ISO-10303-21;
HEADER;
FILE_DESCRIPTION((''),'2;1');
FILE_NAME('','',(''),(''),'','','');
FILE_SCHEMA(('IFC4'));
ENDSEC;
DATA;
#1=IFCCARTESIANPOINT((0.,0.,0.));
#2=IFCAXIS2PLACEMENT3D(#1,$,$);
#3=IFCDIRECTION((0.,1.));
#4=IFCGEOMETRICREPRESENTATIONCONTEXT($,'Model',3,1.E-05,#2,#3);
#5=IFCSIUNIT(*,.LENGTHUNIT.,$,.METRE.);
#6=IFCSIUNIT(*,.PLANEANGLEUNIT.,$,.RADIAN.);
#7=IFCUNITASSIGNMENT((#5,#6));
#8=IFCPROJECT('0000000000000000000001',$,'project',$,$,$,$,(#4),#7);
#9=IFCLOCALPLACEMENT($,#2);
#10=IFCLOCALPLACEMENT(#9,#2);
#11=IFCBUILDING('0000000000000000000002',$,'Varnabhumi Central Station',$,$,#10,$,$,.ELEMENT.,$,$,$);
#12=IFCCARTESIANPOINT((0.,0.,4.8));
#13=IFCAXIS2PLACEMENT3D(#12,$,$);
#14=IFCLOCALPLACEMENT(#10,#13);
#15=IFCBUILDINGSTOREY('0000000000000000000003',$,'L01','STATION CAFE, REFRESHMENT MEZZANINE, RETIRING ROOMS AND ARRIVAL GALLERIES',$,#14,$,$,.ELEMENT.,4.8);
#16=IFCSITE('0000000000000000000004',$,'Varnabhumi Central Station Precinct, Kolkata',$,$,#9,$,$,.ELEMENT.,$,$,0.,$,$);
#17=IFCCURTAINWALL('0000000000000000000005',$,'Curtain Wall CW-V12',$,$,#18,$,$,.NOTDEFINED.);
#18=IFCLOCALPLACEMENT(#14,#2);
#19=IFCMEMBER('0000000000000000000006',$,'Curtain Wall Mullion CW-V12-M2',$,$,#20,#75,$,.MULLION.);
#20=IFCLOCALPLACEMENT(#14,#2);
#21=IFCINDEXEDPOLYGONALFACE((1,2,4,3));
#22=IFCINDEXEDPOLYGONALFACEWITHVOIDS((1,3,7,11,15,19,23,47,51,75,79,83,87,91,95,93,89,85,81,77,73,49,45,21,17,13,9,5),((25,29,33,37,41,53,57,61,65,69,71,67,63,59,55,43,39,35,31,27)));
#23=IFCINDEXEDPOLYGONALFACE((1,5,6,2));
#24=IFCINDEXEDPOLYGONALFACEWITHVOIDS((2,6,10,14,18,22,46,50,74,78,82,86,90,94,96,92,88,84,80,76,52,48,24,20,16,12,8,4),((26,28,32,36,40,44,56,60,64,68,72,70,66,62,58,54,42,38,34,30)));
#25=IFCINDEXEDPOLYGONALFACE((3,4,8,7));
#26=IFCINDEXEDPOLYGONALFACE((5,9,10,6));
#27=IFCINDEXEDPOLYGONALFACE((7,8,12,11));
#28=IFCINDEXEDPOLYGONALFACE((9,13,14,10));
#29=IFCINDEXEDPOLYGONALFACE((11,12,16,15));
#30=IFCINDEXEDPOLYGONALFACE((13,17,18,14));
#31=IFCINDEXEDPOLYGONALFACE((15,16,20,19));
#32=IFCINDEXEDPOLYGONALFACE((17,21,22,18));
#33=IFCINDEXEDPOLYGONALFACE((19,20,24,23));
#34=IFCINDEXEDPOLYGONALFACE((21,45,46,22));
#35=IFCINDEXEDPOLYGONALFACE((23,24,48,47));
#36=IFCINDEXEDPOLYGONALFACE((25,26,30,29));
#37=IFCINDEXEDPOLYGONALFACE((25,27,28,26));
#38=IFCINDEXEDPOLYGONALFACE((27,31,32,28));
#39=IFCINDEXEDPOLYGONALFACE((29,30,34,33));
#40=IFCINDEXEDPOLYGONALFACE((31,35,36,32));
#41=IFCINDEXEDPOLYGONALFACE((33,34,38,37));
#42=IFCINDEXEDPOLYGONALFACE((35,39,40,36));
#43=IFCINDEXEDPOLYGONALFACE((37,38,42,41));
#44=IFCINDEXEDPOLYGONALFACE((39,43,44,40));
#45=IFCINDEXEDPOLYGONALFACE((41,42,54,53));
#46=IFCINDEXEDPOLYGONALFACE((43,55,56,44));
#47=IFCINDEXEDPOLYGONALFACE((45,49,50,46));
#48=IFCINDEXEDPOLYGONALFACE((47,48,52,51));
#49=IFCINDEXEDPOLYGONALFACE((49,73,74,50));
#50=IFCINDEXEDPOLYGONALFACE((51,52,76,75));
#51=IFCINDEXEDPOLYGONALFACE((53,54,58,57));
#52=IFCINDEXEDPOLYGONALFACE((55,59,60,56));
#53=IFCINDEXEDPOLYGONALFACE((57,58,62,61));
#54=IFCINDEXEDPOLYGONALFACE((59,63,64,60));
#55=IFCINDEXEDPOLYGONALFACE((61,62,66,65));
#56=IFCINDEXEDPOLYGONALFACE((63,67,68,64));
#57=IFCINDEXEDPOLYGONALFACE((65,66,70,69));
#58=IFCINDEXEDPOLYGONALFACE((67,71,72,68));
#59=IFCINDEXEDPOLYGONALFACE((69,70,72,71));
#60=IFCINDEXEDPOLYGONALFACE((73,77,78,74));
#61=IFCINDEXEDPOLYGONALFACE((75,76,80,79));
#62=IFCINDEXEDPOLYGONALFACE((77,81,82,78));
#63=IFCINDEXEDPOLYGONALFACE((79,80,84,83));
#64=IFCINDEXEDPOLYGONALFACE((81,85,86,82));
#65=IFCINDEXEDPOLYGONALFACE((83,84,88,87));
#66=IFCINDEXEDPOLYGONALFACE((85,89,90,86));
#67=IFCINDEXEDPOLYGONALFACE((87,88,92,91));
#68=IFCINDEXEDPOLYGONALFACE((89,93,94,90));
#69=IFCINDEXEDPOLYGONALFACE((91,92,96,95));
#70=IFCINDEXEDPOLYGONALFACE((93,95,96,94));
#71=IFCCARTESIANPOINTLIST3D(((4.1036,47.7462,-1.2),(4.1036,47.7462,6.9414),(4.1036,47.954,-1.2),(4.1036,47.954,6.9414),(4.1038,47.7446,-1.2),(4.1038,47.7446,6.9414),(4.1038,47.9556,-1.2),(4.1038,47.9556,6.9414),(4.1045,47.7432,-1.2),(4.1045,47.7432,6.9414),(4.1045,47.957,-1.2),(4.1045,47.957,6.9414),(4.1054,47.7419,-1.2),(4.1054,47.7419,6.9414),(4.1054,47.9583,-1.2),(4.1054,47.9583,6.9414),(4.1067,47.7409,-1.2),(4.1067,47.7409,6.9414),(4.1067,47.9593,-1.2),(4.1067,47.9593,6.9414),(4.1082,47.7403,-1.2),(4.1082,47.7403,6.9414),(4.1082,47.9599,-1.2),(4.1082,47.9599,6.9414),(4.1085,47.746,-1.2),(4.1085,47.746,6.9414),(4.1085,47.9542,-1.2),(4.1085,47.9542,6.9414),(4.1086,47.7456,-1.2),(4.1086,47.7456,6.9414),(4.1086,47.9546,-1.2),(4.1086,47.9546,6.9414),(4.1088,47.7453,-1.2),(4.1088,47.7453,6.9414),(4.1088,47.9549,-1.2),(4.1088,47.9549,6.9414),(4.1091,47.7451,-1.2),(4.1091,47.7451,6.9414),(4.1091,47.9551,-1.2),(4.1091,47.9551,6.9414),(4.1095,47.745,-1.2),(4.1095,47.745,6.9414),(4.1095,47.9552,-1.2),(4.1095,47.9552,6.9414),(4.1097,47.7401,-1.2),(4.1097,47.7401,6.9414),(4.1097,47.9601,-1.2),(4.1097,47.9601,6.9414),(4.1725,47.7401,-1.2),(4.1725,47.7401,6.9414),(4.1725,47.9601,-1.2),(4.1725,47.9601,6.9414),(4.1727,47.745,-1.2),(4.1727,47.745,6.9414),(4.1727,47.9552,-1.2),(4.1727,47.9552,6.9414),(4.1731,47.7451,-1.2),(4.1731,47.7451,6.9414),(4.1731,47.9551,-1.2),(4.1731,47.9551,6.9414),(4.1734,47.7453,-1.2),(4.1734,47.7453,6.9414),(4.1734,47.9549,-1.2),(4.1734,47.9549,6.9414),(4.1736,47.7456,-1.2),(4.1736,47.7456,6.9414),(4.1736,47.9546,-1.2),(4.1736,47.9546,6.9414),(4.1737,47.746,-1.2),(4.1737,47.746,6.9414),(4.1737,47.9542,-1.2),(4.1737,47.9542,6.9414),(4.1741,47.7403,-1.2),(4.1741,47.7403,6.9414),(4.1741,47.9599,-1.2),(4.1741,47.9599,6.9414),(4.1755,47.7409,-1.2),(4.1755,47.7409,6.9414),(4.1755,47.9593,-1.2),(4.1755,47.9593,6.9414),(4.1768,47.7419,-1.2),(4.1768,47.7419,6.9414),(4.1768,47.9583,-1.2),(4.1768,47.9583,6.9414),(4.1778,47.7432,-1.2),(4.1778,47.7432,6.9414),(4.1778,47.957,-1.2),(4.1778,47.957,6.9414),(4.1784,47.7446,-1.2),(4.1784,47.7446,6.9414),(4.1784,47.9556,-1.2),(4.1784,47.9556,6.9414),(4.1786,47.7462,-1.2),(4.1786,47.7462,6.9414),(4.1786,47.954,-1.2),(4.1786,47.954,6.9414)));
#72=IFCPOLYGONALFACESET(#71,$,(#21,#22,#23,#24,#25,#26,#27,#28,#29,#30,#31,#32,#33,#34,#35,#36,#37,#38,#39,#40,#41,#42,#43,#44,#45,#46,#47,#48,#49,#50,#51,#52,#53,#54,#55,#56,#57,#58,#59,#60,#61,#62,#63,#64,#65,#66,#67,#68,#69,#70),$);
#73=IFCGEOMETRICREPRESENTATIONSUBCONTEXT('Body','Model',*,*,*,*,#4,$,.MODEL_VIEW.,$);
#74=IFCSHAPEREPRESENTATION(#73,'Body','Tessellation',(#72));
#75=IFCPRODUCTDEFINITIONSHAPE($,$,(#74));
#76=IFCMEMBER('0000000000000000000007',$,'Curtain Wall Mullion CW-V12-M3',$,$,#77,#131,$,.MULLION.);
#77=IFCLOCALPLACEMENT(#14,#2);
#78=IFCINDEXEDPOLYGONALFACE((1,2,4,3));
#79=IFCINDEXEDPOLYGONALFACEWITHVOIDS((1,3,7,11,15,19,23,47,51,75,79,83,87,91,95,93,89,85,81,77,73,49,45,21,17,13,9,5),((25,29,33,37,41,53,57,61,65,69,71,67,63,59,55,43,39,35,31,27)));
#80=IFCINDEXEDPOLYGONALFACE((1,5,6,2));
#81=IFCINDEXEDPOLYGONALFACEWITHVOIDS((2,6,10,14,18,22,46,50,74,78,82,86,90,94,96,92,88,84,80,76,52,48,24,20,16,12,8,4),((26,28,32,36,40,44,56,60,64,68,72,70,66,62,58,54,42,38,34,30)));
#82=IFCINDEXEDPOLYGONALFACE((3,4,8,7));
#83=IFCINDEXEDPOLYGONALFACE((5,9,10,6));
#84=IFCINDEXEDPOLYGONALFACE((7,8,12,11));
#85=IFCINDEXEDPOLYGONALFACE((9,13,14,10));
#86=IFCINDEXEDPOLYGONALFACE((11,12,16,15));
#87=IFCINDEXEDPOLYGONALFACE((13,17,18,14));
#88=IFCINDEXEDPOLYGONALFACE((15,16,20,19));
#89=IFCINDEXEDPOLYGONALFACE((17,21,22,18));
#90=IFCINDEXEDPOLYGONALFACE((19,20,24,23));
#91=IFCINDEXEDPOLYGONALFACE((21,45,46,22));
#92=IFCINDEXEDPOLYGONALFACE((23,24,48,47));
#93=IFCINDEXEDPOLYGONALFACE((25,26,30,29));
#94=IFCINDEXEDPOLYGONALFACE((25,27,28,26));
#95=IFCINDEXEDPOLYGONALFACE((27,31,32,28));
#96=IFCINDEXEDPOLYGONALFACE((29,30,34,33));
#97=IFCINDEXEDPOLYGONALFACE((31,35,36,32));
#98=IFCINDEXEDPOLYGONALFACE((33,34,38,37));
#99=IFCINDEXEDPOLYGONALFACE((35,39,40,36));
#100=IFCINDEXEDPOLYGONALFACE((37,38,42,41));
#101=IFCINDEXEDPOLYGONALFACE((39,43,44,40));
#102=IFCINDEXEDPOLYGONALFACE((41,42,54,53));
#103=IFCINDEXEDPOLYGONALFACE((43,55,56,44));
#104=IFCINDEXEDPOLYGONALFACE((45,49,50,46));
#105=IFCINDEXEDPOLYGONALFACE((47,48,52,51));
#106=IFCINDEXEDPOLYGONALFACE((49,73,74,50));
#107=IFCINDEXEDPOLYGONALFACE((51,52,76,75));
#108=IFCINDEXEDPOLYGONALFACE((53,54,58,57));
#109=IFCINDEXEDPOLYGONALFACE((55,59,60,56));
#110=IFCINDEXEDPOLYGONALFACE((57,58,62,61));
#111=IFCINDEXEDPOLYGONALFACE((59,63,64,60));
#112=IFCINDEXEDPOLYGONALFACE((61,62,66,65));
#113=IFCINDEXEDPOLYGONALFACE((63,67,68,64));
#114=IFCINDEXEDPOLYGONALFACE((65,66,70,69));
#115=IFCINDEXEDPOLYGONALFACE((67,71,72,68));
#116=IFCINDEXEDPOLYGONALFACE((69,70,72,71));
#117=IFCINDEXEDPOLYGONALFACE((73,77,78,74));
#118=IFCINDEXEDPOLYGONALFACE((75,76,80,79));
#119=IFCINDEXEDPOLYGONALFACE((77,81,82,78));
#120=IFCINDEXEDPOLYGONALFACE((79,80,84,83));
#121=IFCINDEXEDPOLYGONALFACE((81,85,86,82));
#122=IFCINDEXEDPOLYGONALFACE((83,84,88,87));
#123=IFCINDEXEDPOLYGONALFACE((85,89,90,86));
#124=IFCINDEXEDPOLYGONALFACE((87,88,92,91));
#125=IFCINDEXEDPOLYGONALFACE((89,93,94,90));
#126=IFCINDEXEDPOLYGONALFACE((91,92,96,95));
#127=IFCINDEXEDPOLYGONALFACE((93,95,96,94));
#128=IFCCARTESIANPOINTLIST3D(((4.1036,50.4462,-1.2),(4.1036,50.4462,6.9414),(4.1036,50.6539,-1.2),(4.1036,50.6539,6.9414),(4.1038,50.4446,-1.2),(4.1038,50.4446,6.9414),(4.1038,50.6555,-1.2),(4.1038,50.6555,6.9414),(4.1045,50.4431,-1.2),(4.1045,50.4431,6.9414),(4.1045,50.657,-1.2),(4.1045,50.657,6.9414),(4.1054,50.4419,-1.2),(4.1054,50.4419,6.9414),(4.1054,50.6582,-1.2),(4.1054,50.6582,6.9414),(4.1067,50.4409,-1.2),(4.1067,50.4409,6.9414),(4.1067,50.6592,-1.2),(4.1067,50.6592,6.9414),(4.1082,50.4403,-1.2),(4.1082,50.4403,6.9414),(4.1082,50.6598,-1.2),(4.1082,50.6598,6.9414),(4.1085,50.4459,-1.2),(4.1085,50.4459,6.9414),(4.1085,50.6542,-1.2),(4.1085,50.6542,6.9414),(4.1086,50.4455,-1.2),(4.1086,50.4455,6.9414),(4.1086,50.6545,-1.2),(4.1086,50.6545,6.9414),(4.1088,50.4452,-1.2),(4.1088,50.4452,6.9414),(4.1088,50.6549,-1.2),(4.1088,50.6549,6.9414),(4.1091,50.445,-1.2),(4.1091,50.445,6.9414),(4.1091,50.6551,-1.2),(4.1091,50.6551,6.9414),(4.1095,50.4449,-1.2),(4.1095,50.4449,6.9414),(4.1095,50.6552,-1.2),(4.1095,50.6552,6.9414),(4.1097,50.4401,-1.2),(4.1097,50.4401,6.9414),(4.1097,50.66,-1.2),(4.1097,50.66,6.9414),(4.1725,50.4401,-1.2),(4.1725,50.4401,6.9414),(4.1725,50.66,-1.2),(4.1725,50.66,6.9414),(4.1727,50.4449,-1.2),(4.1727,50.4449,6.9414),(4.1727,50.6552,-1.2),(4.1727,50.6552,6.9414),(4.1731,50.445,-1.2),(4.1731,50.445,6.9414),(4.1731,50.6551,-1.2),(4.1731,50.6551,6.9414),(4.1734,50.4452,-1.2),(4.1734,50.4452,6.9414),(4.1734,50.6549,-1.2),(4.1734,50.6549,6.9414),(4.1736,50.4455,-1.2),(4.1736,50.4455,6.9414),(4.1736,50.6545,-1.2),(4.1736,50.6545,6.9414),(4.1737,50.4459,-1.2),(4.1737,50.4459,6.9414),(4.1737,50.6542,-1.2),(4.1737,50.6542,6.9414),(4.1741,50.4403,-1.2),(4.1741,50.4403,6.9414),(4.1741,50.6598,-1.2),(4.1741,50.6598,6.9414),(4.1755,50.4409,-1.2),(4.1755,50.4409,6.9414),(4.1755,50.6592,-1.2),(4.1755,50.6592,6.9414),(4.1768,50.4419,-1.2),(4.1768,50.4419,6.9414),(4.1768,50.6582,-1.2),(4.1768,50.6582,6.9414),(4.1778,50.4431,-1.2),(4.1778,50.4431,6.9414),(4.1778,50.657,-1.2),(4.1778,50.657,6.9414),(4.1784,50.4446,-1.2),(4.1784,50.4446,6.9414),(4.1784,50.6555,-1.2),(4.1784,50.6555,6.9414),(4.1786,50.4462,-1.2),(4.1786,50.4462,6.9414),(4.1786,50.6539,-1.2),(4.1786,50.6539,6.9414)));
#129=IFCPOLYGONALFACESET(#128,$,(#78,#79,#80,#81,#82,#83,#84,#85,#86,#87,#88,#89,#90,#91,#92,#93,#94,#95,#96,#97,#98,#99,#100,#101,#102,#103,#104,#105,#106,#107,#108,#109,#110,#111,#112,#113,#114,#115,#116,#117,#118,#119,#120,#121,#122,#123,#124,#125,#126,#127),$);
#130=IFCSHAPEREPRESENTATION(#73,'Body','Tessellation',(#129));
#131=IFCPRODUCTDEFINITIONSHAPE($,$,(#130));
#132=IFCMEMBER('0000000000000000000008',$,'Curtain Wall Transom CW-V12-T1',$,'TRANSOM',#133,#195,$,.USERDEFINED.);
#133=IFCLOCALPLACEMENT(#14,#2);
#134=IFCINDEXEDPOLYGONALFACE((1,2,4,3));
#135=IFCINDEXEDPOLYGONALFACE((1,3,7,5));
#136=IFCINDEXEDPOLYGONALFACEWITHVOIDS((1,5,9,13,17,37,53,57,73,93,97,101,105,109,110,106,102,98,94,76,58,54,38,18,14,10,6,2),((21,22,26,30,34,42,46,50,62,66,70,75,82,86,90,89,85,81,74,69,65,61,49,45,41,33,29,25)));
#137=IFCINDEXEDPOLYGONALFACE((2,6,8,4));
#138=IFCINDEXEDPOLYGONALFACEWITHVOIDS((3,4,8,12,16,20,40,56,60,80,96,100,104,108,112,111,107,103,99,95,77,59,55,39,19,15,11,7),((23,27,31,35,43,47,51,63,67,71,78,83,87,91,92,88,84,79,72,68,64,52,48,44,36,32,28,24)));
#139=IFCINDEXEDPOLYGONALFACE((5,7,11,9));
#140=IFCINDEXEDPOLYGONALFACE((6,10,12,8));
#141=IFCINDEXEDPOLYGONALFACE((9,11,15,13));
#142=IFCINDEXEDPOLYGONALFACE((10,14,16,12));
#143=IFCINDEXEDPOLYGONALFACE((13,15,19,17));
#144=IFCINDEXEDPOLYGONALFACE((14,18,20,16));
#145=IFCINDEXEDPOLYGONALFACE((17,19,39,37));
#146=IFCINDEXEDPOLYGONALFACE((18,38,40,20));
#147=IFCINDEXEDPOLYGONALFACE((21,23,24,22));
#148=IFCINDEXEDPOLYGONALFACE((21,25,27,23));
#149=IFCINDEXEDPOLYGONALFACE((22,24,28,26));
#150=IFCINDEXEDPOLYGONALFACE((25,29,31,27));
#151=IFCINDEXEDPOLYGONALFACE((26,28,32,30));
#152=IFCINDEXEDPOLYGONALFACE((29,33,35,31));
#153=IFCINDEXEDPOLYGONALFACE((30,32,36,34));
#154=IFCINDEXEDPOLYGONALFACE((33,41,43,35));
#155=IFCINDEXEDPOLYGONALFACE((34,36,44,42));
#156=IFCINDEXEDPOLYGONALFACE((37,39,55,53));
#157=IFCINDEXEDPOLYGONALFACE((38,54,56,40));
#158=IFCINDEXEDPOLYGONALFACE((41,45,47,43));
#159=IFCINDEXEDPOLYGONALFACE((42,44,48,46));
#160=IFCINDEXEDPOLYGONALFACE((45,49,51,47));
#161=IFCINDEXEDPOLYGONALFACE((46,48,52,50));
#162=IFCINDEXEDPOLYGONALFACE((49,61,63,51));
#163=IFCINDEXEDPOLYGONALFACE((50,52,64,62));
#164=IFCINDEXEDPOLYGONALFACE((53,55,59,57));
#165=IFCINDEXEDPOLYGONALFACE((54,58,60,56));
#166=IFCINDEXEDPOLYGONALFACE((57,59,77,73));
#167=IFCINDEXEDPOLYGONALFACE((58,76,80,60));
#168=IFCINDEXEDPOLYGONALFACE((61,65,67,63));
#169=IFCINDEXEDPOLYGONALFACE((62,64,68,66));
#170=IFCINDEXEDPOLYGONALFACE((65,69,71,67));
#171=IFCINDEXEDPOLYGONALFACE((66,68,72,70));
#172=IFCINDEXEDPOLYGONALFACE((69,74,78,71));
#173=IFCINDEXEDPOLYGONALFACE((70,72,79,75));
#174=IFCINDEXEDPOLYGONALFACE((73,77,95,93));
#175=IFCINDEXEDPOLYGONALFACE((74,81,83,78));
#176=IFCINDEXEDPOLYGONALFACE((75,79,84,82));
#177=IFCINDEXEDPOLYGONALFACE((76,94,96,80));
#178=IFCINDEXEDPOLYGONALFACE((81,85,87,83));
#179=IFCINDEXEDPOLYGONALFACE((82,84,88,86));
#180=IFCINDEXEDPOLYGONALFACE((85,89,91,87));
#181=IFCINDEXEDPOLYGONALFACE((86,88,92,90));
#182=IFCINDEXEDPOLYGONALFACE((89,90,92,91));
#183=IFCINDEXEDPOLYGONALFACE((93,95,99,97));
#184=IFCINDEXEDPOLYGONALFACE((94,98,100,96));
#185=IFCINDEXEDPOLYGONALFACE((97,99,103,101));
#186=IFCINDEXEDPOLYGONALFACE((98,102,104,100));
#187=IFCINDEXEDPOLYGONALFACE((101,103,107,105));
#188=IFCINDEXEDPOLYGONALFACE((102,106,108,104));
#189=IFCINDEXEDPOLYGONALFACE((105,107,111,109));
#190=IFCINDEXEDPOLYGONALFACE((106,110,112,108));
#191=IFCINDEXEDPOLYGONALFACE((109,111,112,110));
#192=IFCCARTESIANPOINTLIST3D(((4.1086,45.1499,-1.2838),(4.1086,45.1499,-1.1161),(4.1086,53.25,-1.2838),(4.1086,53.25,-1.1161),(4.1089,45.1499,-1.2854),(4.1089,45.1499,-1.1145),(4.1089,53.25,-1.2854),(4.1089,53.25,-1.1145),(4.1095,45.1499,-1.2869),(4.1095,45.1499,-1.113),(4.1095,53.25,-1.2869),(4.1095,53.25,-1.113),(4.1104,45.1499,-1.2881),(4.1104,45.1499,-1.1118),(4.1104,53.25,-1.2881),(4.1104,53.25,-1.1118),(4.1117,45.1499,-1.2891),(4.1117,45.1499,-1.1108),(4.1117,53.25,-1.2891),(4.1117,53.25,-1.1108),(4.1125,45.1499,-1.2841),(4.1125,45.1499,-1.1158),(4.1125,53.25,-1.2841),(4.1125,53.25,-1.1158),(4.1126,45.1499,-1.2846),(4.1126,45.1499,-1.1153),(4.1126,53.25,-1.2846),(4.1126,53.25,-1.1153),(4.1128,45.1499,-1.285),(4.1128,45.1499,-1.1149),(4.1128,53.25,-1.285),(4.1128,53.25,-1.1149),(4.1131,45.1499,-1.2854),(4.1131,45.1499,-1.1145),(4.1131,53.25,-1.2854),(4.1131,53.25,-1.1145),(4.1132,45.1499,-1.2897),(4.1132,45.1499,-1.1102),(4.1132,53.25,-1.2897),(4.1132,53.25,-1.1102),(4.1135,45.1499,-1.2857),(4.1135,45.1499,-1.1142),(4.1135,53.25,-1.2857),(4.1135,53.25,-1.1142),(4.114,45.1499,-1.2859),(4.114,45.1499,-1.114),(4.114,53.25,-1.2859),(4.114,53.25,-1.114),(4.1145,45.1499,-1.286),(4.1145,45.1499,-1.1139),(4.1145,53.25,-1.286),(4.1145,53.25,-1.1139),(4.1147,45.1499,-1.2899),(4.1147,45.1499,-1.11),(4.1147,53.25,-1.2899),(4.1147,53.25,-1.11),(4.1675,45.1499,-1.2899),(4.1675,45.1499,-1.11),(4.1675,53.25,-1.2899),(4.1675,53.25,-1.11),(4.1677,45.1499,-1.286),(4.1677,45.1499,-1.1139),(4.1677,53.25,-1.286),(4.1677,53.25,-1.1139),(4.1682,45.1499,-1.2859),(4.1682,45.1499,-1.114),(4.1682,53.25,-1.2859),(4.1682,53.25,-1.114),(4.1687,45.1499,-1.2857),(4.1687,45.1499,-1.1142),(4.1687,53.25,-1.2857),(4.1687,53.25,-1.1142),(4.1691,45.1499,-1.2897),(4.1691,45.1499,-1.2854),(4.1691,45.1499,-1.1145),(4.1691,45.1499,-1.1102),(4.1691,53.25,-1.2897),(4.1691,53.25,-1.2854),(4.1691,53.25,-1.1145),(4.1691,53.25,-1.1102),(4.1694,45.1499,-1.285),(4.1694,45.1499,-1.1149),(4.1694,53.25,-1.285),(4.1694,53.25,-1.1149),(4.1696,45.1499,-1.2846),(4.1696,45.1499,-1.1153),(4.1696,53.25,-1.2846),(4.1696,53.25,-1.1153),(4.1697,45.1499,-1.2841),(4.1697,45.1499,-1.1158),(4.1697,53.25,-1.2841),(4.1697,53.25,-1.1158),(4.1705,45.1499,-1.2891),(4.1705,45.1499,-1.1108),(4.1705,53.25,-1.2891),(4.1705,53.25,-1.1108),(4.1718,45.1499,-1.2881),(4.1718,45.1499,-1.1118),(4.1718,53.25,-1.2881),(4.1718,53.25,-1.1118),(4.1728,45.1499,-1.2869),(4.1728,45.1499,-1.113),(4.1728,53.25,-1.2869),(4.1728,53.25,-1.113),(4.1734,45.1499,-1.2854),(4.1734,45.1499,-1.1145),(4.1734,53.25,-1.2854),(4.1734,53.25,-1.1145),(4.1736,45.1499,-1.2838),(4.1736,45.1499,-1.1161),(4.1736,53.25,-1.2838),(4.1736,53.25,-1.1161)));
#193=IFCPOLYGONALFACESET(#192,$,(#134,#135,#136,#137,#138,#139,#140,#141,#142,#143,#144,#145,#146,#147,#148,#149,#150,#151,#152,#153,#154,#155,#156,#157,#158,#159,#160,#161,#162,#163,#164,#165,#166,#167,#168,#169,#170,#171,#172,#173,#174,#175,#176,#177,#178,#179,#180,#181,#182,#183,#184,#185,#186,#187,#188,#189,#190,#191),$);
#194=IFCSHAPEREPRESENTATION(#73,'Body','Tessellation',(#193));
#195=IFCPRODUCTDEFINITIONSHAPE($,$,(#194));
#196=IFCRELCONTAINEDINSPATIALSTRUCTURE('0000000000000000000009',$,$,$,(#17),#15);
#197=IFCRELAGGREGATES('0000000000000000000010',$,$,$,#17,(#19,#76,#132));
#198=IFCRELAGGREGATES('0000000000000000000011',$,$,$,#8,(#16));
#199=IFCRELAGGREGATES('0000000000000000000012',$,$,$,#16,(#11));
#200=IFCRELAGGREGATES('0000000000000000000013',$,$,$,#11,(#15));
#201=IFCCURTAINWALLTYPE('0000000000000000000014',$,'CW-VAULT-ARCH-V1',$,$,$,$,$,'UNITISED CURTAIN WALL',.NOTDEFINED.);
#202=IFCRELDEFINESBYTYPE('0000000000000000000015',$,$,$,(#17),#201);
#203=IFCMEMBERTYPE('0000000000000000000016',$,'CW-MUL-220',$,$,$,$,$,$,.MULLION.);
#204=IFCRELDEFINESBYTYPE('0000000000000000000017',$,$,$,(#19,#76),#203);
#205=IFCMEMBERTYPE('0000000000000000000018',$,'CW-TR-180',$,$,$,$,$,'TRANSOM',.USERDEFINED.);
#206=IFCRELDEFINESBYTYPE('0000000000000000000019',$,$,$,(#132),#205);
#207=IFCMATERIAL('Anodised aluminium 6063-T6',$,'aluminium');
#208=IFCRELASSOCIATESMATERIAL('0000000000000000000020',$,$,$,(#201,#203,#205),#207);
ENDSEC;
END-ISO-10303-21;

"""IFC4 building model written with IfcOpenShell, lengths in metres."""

from ifc_helpers import new_model, si_unit, direction, frame, origin, origin_2d, place, context, subcontext, project, spatial, hollow_rectangle, extrude, material, material_profile, profile_set, type_object, element, aggregate, save


model = new_model("IFC4")

# Units and contexts
model_context = context("Model", 3, precision=1e-05, world=origin(), true_north=direction((0.0, 1.0)))
body_context = subcontext(model_context, "Body", "Model", "MODEL_VIEW")
ifc_project = project(units=[si_unit("LENGTHUNIT", "METRE"), si_unit("PLANEANGLEUNIT", "RADIAN")], contexts=[model_context])

# Site, building, storey
site_placement = place(None, origin())
site = spatial("IfcSite", under=ifc_project, at=site_placement, Name="Varnabhumi Central Station Precinct, Kolkata", CompositionType="ELEMENT", RefElevation=0.0)
building_placement = place(site_placement, origin())
building = spatial("IfcBuilding", under=site, at=building_placement, Name="Varnabhumi Central Station", CompositionType="ELEMENT")
storey_placement = place(building_placement, frame((0.0, 0.0, 4.8)))
storey = spatial("IfcBuildingStorey", under=building, at=storey_placement, Name="L01", Description="STATION CAFE, REFRESHMENT MEZZANINE, RETIRING ROOMS AND ARRIVAL GALLERIES", CompositionType="ELEMENT", Elevation=4.8)

# Curtain wall, members
ifc_material_1 = material(Name="Anodised aluminium 6063-T6", Category="aluminium")
curtain_wall_type = type_object("IfcCurtainWallType", Name="CW-VAULT-ARCH-V1", ElementType="UNITISED CURTAIN WALL", PredefinedType="NOTDEFINED", material=ifc_material_1)
ifc_material_profile_1 = material_profile(ifc_material_1, hollow_rectangle(XDim=0.075, YDim=0.22, WallThickness=0.0049, InnerFilletRadius=0.001, OuterFilletRadius=0.0061, at=origin_2d()), Name="Anodised aluminium 6063-T6", Category="aluminium")
ifc_profile_set_1 = profile_set([ifc_material_profile_1], Name="Anodised aluminium 6063-T6")
member_type_1 = type_object("IfcMemberType", Name="CW-MUL-220", PredefinedType="MULLION", material=ifc_profile_set_1)
curtain_wall_1_placement = place(storey_placement, origin())
curtain_wall_1 = element("IfcCurtainWall", 1, at=curtain_wall_1_placement, inside=storey, type_object=curtain_wall_type, Name="Curtain Wall CW-V12", PredefinedType="NOTDEFINED")
member_1_placement = place(storey_placement, frame((4.1411, 47.8501, -1.2), z_axis=(0.0, 0.0, 1.0), x_axis=(1.0, 0.0, 0.0)))
member_1 = element("IfcMember", 2, at=member_1_placement, type_object=member_type_1, Name="Curtain Wall Mullion CW-V12-M2", PredefinedType="MULLION", context=body_context, shape_type="SweptSolid", body=[
    extrude(hollow_rectangle(XDim=0.075, YDim=0.22, WallThickness=0.0049, InnerFilletRadius=0.001, OuterFilletRadius=0.0061, at=origin_2d()), origin(), (0.0, 0.0, 1.0), 8.1414),
])
member_2_placement = place(storey_placement, frame((4.1411, 50.55, -1.2), z_axis=(0.0, 0.0, 1.0), x_axis=(1.0, 0.0, 0.0)))
member_2 = element("IfcMember", 3, at=member_2_placement, type_object=member_type_1, Name="Curtain Wall Mullion CW-V12-M3", PredefinedType="MULLION", context=body_context, shape_type="SweptSolid", body=[
    extrude(hollow_rectangle(XDim=0.075, YDim=0.22, WallThickness=0.0049, InnerFilletRadius=0.001, OuterFilletRadius=0.0061, at=origin_2d()), origin(), (0.0, 0.0, 1.0), 8.1414),
])
ifc_material_profile_2 = material_profile(ifc_material_1, hollow_rectangle(XDim=0.0649, YDim=0.1799, WallThickness=0.0039, InnerFilletRadius=0.002, OuterFilletRadius=0.0061, at=origin_2d()), Name="Anodised aluminium 6063-T6", Category="aluminium")
ifc_profile_set_2 = profile_set([ifc_material_profile_2], Name="Anodised aluminium 6063-T6")
member_type_2 = type_object("IfcMemberType", Name="CW-TR-180", ElementType="TRANSOM", PredefinedType="USERDEFINED", material=ifc_profile_set_2)
member_3_placement = place(storey_placement, frame((4.1411, 45.1499, -1.2), z_axis=(0.0, 1.0, 0.0), x_axis=(-1.0, 0.0, 0.0)))
member_3 = element("IfcMember", 4, at=member_3_placement, type_object=member_type_2, Name="Curtain Wall Transom CW-V12-T1", ObjectType="TRANSOM", PredefinedType="USERDEFINED", context=body_context, shape_type="SweptSolid", body=[
    extrude(hollow_rectangle(XDim=0.0649, YDim=0.1799, WallThickness=0.0039, InnerFilletRadius=0.002, OuterFilletRadius=0.0061, at=origin_2d()), origin(), (0.0, 0.0, 1.0), 8.1001),
])

aggregate(curtain_wall_1, [member_1, member_2, member_3])

save(model, "model.ifc")
